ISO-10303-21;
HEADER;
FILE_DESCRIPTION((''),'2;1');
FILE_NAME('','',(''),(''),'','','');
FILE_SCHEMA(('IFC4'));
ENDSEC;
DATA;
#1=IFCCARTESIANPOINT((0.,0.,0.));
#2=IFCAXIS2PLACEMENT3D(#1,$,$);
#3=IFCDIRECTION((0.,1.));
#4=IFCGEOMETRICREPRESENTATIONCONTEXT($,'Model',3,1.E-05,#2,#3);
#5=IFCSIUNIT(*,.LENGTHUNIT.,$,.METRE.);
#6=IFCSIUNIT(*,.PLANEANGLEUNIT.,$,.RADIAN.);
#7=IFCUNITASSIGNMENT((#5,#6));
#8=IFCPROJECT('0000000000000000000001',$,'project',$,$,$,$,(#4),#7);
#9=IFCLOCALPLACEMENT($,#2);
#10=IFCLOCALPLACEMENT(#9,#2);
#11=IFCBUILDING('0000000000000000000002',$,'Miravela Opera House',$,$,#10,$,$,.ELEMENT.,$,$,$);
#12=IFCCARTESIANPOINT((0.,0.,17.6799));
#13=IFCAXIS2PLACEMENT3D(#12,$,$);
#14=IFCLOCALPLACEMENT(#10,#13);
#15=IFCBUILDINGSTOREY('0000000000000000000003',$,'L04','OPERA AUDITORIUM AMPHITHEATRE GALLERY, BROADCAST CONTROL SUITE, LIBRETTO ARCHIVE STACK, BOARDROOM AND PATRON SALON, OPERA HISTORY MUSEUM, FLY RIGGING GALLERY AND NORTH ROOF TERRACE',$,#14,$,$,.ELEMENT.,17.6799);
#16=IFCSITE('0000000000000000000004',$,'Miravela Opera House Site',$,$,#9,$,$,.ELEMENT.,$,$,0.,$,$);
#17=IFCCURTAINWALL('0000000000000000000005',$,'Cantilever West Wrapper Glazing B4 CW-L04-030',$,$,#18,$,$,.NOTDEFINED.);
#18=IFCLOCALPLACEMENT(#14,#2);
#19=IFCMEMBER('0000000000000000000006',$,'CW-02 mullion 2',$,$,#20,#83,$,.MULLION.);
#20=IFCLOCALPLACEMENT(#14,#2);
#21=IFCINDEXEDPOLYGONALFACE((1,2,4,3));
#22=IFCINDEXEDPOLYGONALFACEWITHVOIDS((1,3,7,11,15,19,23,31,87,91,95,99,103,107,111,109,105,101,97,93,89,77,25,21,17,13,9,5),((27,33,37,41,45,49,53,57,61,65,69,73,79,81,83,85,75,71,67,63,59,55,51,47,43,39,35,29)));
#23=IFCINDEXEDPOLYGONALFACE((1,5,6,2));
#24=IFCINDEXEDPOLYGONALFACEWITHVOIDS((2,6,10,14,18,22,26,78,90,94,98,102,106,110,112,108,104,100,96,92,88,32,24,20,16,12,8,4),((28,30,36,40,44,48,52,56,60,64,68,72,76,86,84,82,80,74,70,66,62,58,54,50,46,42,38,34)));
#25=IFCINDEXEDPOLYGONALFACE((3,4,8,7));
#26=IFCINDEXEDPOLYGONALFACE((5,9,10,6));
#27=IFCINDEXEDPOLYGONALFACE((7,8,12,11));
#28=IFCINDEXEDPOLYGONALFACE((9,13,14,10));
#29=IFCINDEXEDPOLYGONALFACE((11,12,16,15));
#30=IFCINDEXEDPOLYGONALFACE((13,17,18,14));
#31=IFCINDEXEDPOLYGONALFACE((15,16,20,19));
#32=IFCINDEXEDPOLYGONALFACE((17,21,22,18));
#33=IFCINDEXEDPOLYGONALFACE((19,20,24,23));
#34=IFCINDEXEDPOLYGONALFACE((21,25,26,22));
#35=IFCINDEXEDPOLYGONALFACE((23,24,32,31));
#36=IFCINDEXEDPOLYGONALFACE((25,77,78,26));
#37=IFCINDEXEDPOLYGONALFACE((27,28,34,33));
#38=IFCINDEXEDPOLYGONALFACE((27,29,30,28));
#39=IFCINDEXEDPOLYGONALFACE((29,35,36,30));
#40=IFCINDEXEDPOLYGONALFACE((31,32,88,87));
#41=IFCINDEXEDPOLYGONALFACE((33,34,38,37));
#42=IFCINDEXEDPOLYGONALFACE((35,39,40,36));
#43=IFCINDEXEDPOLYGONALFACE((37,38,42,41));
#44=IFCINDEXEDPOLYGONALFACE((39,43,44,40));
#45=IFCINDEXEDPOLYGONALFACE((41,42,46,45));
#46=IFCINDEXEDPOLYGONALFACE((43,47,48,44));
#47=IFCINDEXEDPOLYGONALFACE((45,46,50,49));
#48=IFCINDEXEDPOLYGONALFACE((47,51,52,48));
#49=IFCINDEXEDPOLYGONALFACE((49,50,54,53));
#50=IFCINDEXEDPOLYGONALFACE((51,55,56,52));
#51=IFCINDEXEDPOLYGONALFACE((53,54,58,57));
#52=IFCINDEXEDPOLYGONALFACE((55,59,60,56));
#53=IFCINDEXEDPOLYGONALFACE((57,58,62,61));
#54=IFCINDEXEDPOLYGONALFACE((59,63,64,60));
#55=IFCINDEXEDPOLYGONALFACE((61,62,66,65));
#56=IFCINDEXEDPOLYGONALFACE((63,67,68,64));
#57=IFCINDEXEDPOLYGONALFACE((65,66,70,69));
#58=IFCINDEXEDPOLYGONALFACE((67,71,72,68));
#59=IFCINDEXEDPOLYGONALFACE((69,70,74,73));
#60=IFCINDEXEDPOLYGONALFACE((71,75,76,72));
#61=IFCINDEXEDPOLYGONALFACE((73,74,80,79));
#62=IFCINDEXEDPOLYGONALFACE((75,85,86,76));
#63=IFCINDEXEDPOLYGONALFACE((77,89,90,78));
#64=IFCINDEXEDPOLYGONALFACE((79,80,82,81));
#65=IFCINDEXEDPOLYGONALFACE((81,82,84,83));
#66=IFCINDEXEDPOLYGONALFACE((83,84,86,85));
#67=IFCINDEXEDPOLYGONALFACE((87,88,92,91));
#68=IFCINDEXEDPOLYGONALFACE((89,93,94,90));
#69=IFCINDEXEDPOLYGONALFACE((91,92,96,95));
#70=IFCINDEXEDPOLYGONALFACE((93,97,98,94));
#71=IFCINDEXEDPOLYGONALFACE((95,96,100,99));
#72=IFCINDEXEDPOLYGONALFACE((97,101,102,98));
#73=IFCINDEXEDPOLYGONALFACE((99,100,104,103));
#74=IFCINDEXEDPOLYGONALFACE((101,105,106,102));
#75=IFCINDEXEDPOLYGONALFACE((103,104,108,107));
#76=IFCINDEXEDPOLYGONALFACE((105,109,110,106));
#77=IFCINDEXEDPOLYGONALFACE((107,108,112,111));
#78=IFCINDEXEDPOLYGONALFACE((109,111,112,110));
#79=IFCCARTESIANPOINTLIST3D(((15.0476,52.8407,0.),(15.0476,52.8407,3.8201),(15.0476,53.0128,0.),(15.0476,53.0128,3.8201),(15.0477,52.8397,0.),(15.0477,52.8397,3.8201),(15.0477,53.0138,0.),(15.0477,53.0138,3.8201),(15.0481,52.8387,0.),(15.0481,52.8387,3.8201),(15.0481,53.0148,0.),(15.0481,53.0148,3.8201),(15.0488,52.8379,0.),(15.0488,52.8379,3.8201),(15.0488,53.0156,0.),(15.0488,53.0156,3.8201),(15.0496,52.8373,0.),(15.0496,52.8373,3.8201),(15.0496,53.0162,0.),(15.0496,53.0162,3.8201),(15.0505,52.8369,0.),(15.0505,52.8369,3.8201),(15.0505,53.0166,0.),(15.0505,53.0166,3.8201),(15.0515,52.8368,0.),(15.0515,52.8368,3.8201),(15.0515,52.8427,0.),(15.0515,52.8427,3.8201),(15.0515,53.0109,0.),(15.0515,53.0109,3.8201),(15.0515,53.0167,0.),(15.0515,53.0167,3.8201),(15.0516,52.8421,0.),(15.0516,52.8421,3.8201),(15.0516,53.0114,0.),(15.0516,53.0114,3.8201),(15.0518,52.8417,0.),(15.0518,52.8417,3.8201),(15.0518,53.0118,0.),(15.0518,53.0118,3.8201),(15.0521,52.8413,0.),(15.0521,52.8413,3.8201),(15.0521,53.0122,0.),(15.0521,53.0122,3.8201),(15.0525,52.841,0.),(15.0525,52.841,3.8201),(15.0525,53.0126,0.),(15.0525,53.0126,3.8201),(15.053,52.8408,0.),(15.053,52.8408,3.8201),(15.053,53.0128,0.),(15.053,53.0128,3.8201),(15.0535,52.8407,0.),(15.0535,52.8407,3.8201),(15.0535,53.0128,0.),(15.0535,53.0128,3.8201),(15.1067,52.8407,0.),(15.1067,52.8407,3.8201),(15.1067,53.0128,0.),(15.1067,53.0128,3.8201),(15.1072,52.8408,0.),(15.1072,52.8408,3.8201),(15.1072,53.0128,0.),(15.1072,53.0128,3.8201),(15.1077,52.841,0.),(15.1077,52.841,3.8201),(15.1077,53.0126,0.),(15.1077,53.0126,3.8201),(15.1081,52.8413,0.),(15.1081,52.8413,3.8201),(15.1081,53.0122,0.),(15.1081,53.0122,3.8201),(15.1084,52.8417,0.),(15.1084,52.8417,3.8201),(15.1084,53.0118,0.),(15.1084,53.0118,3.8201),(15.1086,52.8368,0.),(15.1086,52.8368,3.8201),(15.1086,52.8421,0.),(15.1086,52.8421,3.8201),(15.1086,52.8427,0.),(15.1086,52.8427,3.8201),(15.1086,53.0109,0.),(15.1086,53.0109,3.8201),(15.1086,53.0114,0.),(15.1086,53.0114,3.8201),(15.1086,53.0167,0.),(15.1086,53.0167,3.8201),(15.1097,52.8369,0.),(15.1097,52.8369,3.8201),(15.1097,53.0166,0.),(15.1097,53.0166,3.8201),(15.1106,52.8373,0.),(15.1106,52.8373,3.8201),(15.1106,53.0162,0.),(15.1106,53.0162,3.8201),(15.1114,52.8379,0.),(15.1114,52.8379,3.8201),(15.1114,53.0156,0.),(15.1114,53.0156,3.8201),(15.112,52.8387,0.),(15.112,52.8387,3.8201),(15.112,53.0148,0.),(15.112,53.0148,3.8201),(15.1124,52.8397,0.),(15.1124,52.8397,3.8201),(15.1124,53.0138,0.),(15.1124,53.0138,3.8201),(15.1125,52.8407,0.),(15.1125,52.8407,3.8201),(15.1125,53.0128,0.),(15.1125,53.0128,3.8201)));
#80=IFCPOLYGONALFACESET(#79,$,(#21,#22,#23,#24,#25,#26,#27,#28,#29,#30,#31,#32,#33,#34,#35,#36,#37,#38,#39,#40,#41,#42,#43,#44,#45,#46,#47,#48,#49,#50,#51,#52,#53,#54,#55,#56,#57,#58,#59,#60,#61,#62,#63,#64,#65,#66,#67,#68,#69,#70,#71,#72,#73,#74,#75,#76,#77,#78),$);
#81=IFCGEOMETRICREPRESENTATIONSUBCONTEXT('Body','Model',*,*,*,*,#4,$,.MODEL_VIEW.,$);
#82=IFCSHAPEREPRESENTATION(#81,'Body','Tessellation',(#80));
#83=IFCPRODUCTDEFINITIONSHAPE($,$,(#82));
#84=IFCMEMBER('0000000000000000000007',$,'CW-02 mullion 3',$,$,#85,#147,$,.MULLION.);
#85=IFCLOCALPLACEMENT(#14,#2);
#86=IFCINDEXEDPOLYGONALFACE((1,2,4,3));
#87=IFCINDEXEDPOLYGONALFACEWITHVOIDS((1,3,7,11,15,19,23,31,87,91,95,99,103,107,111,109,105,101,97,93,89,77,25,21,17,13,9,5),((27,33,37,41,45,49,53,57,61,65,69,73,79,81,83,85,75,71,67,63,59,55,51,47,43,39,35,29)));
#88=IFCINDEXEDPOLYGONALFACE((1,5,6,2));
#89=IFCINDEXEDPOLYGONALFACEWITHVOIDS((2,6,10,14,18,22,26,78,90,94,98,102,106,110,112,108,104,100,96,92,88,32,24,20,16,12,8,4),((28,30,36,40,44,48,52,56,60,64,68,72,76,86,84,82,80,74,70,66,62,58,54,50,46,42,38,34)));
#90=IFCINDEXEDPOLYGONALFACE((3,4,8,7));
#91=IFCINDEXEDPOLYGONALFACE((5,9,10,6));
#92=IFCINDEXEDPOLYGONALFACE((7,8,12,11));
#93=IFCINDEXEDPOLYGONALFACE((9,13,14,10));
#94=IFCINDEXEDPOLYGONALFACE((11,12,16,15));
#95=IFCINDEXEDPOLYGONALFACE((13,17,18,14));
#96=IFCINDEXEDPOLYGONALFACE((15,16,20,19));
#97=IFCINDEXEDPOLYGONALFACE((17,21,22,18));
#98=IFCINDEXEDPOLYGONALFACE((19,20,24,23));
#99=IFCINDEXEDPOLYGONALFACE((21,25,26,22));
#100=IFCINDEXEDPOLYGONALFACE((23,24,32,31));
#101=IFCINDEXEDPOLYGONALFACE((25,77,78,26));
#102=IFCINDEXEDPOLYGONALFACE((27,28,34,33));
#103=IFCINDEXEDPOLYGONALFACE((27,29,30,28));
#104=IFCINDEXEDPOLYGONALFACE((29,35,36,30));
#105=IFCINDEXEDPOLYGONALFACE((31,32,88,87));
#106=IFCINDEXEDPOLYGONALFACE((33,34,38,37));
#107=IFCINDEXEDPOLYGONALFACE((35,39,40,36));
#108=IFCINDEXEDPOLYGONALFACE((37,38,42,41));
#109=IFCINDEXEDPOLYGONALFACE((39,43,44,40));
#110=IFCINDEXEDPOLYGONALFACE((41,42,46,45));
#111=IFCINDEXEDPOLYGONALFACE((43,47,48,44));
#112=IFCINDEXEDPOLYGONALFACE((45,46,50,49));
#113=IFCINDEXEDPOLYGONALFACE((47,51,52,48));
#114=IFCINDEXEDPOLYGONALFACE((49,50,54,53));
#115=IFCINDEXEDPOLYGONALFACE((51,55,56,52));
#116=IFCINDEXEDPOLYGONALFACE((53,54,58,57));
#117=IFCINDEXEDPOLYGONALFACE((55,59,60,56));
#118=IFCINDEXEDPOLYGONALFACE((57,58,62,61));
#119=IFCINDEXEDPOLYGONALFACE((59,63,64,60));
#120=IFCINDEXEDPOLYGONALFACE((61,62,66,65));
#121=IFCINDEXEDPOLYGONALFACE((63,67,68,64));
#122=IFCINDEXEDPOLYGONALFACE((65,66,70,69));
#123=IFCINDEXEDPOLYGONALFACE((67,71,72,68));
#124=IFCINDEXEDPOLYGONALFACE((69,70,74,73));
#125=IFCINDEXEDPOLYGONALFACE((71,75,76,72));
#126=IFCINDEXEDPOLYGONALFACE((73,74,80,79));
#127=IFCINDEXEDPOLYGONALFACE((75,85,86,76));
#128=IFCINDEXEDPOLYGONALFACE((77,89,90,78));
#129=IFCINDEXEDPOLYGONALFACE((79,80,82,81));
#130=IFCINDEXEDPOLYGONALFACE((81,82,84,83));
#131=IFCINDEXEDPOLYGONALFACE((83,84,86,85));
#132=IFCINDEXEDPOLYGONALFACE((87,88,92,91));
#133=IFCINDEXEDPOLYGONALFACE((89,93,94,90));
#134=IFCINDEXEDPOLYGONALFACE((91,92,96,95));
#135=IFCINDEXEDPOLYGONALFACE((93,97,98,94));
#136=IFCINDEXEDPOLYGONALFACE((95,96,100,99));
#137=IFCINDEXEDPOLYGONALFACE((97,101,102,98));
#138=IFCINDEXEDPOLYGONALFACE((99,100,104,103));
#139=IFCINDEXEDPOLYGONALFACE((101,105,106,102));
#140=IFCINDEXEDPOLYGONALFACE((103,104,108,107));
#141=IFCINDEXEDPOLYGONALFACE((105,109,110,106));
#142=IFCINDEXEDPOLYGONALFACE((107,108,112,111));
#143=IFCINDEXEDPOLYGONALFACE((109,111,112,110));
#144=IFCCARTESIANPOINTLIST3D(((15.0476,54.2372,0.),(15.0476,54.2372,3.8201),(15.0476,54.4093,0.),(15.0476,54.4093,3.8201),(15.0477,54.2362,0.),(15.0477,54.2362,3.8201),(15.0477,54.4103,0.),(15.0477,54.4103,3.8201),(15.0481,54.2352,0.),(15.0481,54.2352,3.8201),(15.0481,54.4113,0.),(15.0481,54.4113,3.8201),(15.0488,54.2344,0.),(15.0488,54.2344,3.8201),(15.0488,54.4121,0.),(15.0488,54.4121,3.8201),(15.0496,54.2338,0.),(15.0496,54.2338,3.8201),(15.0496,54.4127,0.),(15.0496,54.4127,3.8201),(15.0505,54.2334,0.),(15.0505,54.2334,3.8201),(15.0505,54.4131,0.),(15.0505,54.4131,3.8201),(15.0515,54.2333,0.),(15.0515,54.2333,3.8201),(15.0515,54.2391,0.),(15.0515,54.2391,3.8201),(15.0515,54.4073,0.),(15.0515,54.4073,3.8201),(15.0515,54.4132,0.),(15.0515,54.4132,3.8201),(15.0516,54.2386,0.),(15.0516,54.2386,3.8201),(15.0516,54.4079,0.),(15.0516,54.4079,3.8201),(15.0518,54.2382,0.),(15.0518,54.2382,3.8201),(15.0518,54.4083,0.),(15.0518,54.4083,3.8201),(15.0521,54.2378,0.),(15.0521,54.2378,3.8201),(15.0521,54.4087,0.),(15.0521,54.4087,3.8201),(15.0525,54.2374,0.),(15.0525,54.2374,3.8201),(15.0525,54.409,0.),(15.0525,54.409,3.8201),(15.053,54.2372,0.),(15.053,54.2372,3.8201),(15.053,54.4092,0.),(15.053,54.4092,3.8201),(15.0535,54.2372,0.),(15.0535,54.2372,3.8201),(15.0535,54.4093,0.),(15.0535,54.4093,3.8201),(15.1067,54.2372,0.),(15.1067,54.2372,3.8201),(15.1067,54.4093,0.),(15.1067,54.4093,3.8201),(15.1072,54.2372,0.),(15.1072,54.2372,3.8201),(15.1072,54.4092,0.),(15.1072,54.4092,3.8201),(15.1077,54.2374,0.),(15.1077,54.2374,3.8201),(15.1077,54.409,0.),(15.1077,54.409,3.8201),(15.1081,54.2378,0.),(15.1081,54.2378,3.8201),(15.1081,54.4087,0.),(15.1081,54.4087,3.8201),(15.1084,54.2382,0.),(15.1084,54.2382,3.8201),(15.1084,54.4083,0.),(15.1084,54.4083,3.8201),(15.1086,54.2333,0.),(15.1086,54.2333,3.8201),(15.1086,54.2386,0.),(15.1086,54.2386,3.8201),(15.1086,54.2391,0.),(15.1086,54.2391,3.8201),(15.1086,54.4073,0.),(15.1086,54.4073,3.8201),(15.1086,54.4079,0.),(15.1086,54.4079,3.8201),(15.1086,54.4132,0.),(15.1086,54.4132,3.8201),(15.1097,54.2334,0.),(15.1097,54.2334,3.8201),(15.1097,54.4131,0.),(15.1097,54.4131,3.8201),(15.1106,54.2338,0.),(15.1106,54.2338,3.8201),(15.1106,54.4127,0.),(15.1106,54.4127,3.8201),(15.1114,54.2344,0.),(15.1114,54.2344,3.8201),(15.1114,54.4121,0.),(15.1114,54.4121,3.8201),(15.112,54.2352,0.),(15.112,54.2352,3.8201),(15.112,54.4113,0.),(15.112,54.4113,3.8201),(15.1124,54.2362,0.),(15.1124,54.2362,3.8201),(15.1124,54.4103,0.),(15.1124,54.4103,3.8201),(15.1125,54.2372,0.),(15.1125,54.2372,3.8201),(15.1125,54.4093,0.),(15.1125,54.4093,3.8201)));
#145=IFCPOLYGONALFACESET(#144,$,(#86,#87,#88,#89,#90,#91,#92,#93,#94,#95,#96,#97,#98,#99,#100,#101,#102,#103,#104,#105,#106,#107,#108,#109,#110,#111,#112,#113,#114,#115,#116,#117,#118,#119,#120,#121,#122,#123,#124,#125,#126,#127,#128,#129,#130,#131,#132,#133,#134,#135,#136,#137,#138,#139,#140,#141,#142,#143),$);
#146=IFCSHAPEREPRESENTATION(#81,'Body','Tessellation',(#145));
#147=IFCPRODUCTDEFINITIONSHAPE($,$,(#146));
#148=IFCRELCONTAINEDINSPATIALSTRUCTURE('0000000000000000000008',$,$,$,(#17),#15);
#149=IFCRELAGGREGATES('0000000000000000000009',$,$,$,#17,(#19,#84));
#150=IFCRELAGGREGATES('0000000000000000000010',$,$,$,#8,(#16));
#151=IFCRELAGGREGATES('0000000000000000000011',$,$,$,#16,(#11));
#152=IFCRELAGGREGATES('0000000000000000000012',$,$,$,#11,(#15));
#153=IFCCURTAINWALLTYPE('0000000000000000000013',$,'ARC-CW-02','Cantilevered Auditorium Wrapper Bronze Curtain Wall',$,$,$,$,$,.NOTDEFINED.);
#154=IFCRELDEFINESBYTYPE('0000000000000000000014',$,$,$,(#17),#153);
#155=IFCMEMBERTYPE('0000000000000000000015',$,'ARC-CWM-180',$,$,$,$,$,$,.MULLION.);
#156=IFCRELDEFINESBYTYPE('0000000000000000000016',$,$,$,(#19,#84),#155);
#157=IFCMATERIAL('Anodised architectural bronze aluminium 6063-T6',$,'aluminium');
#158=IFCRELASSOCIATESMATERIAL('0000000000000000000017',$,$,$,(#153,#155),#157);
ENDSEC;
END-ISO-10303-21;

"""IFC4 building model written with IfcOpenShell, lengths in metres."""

from ifc_helpers import new_model, si_unit, direction, frame, origin, origin_2d, place, context, subcontext, project, spatial, hollow_rectangle, extrude, material, material_profile, profile_set, type_object, element, aggregate, save


model = new_model("IFC4")

# Units and contexts
model_context = context("Model", 3, precision=1e-05, world=origin(), true_north=direction((0.0, 1.0)))
body_context = subcontext(model_context, "Body", "Model", "MODEL_VIEW")
ifc_project = project(units=[si_unit("LENGTHUNIT", "METRE"), si_unit("PLANEANGLEUNIT", "RADIAN")], contexts=[model_context])

# Site, building, storey
site_placement = place(None, origin())
site = spatial("IfcSite", under=ifc_project, at=site_placement, Name="Miravela Opera House Site", CompositionType="ELEMENT", RefElevation=0.0)
building_placement = place(site_placement, origin())
building = spatial("IfcBuilding", under=site, at=building_placement, Name="Miravela Opera House", CompositionType="ELEMENT")
storey_placement = place(building_placement, frame((0.0, 0.0, 17.6799)))
storey = spatial("IfcBuildingStorey", under=building, at=storey_placement, Name="L04", Description="OPERA AUDITORIUM AMPHITHEATRE GALLERY, BROADCAST CONTROL SUITE, LIBRETTO ARCHIVE STACK, BOARDROOM AND PATRON SALON, OPERA HISTORY MUSEUM, FLY RIGGING GALLERY AND NORTH ROOF TERRACE", CompositionType="ELEMENT", Elevation=17.6799)

# Curtain wall, members
ifc_material_1 = material(Name="Anodised architectural bronze aluminium 6063-T6", Category="aluminium")
curtain_wall_type = type_object("IfcCurtainWallType", Name="ARC-CW-02", Description="Cantilevered Auditorium Wrapper Bronze Curtain Wall", PredefinedType="NOTDEFINED", material=ifc_material_1)
curtain_wall_placement = place(storey_placement, origin())
curtain_wall = element("IfcCurtainWall", 1, at=curtain_wall_placement, inside=storey, type_object=curtain_wall_type, Name="Cantilever West Wrapper Glazing B4 CW-L04-030", PredefinedType="NOTDEFINED")
ifc_material_profile_1 = material_profile(ifc_material_1, hollow_rectangle(XDim=0.0649, YDim=0.1799, WallThickness=0.0039, InnerFilletRadius=0.002, OuterFilletRadius=0.0039, at=origin_2d()), Name="CWM-65X180")
ifc_profile_set_1 = profile_set([ifc_material_profile_1])
member_type_1 = type_object("IfcMemberType", Name="ARC-CWM-180", PredefinedType="MULLION", material=ifc_profile_set_1)
member_1_placement = place(storey_placement, frame((15.0801, 52.9268, 0.0), z_axis=(0.0, 0.0, 1.0), x_axis=(-1.0, 0.0, 0.0)))
member_1 = element("IfcMember", 2, at=member_1_placement, type_object=member_type_1, Name="CW-02 mullion 2", PredefinedType="MULLION", context=body_context, shape_type="SweptSolid", body=[
    extrude(hollow_rectangle(XDim=0.0649, YDim=0.1799, WallThickness=0.0039, InnerFilletRadius=0.002, OuterFilletRadius=0.0039, at=origin_2d()), origin(), (0.0, 0.0, 1.0), 3.8201),
])
member_2_placement = place(storey_placement, frame((15.0801, 54.3232, 0.0), z_axis=(0.0, 0.0, 1.0), x_axis=(-1.0, 0.0, 0.0)))
member_2 = element("IfcMember", 3, at=member_2_placement, type_object=member_type_1, Name="CW-02 mullion 3", PredefinedType="MULLION", context=body_context, shape_type="SweptSolid", body=[
    extrude(hollow_rectangle(XDim=0.0649, YDim=0.1799, WallThickness=0.0039, InnerFilletRadius=0.002, OuterFilletRadius=0.0039, at=origin_2d()), origin(), (0.0, 0.0, 1.0), 3.8201),
])

aggregate(curtain_wall, [member_1, member_2])

save(model, "model.ifc")
